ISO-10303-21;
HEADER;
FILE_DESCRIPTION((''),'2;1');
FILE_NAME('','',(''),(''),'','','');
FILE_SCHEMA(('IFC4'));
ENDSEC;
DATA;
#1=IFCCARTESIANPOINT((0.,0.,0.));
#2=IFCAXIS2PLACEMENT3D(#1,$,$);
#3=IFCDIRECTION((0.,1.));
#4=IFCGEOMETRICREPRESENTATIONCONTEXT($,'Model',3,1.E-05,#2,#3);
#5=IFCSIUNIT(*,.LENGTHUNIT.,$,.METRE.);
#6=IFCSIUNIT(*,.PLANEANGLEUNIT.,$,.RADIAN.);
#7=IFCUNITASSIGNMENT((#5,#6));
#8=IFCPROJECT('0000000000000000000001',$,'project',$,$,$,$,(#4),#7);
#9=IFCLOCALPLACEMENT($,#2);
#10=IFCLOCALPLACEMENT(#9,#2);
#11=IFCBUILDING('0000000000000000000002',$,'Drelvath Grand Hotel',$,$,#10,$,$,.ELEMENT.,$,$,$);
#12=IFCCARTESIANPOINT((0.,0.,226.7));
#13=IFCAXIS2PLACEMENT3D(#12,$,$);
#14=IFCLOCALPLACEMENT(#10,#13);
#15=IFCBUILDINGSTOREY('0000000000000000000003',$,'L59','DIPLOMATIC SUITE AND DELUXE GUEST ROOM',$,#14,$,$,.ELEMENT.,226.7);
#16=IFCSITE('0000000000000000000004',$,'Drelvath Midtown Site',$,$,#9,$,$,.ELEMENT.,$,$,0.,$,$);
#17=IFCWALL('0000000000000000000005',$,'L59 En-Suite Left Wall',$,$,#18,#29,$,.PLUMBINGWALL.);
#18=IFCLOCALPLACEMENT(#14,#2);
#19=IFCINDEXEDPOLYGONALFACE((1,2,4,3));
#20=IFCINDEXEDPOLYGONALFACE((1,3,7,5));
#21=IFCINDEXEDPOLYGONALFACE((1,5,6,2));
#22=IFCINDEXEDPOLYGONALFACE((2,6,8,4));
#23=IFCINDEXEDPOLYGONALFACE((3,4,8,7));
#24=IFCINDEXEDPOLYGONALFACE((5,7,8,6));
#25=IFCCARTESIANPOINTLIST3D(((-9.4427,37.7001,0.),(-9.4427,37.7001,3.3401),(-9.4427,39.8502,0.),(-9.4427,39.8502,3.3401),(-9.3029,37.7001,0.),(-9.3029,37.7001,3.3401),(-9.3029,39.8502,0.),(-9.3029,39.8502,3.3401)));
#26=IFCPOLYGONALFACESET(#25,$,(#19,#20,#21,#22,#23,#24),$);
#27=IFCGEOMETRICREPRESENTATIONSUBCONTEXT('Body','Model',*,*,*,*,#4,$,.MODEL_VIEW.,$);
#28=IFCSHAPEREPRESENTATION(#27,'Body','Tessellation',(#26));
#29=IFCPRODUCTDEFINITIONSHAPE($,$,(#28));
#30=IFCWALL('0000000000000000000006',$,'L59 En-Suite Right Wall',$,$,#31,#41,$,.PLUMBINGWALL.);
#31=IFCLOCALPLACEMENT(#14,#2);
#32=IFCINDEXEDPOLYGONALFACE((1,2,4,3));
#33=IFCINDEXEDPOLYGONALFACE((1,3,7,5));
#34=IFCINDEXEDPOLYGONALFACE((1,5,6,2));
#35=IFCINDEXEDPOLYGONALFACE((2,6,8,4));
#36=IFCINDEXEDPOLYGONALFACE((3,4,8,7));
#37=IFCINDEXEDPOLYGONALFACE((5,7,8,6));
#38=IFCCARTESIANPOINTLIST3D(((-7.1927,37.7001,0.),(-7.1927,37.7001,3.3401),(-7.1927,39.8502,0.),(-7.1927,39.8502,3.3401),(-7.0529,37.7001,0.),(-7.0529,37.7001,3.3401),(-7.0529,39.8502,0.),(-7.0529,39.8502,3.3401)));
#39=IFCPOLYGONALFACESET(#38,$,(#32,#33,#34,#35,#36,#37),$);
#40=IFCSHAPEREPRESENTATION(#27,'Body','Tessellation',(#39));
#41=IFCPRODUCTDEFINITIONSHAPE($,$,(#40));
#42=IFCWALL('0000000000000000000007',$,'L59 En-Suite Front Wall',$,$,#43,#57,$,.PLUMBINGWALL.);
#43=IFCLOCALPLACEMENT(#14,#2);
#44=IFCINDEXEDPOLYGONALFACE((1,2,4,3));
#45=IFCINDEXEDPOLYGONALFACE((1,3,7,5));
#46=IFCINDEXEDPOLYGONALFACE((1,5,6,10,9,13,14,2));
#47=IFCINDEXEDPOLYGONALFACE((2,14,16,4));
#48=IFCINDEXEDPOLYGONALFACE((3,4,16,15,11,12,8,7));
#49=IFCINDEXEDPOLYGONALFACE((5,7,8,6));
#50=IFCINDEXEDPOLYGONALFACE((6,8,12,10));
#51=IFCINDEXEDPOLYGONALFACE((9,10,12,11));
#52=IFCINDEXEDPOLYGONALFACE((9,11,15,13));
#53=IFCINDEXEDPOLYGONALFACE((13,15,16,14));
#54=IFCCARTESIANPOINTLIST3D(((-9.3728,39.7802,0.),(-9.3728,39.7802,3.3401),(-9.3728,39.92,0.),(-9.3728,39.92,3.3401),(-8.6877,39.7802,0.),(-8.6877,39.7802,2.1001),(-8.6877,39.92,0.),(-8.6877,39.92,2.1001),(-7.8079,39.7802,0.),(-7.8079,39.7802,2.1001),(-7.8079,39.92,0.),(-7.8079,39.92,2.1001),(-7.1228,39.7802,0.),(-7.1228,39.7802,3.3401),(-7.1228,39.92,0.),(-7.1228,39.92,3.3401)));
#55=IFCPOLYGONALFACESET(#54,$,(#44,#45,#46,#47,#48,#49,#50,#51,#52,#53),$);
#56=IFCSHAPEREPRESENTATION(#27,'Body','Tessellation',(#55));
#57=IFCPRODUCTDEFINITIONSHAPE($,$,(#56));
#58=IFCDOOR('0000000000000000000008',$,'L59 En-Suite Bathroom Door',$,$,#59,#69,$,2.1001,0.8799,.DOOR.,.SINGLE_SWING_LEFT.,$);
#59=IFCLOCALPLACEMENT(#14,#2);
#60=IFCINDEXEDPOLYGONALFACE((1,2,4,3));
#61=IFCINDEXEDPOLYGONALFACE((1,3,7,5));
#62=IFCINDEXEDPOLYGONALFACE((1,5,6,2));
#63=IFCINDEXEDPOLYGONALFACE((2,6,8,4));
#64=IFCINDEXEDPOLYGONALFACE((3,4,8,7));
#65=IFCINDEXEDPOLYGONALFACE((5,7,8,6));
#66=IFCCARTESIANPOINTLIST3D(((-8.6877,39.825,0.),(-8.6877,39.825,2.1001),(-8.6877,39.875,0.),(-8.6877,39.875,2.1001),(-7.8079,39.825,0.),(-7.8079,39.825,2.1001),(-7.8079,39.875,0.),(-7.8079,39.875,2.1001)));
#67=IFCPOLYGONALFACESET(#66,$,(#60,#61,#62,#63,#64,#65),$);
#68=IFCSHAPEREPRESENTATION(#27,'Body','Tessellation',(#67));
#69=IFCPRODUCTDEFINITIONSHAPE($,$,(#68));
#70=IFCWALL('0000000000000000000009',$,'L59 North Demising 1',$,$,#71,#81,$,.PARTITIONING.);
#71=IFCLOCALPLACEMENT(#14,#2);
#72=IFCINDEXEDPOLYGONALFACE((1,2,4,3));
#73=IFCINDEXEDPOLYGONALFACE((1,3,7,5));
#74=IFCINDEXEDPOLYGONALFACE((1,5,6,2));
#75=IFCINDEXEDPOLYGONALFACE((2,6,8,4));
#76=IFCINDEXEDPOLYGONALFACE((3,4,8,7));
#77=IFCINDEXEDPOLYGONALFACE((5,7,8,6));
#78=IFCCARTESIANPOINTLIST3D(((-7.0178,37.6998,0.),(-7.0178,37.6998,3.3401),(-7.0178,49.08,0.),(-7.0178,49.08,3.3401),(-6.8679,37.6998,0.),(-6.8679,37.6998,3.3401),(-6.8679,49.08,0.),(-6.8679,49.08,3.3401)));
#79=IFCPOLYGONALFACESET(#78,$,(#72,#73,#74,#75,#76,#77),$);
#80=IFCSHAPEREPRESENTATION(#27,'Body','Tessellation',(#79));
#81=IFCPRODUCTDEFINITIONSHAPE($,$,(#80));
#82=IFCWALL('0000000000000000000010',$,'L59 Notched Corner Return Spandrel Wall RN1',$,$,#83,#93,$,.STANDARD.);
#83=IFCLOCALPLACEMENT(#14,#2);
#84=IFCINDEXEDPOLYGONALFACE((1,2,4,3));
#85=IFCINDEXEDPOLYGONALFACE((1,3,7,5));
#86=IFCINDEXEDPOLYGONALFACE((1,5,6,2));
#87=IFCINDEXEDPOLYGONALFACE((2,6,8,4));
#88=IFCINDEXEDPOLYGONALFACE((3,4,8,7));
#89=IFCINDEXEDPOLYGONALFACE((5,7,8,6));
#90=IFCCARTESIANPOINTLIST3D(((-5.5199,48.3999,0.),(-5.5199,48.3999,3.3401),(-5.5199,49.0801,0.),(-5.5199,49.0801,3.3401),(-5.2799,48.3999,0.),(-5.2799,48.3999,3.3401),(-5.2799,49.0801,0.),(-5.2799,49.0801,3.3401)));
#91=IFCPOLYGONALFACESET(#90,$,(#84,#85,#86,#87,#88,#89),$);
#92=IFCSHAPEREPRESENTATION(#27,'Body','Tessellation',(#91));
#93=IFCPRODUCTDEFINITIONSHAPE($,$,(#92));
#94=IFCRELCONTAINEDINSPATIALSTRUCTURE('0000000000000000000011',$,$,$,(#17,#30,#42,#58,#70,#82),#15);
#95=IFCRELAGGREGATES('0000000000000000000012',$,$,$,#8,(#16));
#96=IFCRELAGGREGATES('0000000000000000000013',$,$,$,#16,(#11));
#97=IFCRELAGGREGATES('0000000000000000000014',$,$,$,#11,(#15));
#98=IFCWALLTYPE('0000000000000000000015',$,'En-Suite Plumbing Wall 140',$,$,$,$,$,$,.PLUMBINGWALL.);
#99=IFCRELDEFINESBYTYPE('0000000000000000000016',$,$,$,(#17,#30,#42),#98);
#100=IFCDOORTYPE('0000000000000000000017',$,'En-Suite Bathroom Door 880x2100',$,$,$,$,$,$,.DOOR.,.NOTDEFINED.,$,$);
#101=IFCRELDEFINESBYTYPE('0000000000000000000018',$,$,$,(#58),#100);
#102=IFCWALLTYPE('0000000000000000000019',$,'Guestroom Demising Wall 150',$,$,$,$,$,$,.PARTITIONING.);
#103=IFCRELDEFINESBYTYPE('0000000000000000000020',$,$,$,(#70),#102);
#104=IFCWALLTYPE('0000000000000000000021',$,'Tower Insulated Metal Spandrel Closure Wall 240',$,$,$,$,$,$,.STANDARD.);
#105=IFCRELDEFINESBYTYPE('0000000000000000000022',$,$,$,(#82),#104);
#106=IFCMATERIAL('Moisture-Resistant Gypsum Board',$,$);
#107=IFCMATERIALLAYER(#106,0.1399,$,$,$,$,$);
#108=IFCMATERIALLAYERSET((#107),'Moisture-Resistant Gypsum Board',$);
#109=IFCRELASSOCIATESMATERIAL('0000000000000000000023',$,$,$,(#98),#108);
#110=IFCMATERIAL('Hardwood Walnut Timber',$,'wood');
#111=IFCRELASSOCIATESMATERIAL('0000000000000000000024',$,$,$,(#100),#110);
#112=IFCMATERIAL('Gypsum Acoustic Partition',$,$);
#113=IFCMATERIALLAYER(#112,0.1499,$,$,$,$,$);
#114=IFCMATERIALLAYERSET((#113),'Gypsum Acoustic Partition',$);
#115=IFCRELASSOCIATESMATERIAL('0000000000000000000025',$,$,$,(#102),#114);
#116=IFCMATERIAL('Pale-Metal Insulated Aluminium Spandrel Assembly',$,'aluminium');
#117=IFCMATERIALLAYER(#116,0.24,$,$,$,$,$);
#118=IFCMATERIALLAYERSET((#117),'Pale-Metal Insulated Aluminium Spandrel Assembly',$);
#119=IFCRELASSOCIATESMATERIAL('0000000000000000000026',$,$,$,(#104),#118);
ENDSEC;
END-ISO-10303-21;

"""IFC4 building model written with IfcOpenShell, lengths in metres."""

from ifc_helpers import new_model, si_unit, direction, frame, frame_2d, origin, place, context, subcontext, project, spatial, rectangle, extrude, material, layer, layer_set, type_object, element, fill, save


model = new_model("IFC4")

# Units and contexts
model_context = context("Model", 3, precision=1e-05, world=origin(), true_north=direction((0.0, 1.0)))
body_context = subcontext(model_context, "Body", "Model", "MODEL_VIEW")
ifc_project = project(units=[si_unit("LENGTHUNIT", "METRE"), si_unit("PLANEANGLEUNIT", "RADIAN")], contexts=[model_context])

# Site, building, storey
site_placement = place(None, origin())
site = spatial("IfcSite", under=ifc_project, at=site_placement, Name="Drelvath Midtown Site", CompositionType="ELEMENT", RefElevation=0.0)
building_placement = place(site_placement, origin())
building = spatial("IfcBuilding", under=site, at=building_placement, Name="Drelvath Grand Hotel", CompositionType="ELEMENT")
storey_placement = place(building_placement, frame((0.0, 0.0, 226.7)))
storey = spatial("IfcBuildingStorey", under=building, at=storey_placement, Name="L59", Description="DIPLOMATIC SUITE AND DELUXE GUEST ROOM", CompositionType="ELEMENT", Elevation=226.7)

# Walls
ifc_material_1 = material(Name="Moisture-Resistant Gypsum Board")
ifc_layer_1 = layer(ifc_material_1, 0.1399)
ifc_layer_set_1 = layer_set([ifc_layer_1], Name="Moisture-Resistant Gypsum Board")
wall_type_1 = type_object("IfcWallType", Name="En-Suite Plumbing Wall 140", PredefinedType="PLUMBINGWALL", material=ifc_layer_set_1)
for number, where, z_axis, x_axis, name in (
    (1, (-9.3728, 37.7, 0.0), (0.0, 0.0, 1.0), (0.0, 1.0, 0.0), "L59 En-Suite Left Wall"),
    (2, (-7.1228, 37.7, 0.0), (0.0, 0.0, 1.0), (0.0, 1.0, 0.0), "L59 En-Suite Right Wall"),
):
    element("IfcWall", number, at=place(storey_placement, frame(where, z_axis=z_axis, x_axis=x_axis)), inside=storey, type_object=wall_type_1, Name=name, PredefinedType="PLUMBINGWALL", context=body_context, shape_type="SweptSolid", body=[
        extrude(rectangle(XDim=2.1501, YDim=0.1399, at=frame_2d((1.0752, 0.0))), origin(), (0.0, 0.0, 1.0), 3.3401),
    ])

# Wall, opening, door
wall_1_placement = place(storey_placement, frame((-9.3728, 39.8501, 0.0), z_axis=(0.0, 0.0, 1.0), x_axis=(1.0, 0.0, 0.0)))
wall_1 = element("IfcWall", 3, at=wall_1_placement, inside=storey, type_object=wall_type_1, Name="L59 En-Suite Front Wall", PredefinedType="PLUMBINGWALL", context=body_context, shape_type="SweptSolid", body=[
    extrude(rectangle(XDim=2.25, YDim=0.1399, at=frame_2d((1.125, 0.0))), origin(), (0.0, 0.0, 1.0), 3.3401),
])
opening_placement = place(wall_1_placement, frame((0.6851, 0.0, 0.0)))
opening = element("IfcOpeningElement", 4, at=opening_placement, cuts=wall_1, PredefinedType="OPENING", context=body_context, shape_type="SweptSolid", body=[
    extrude(rectangle(XDim=0.8799, YDim=2.1001, at=frame_2d((0.4399, 1.05))), frame((0.0, 0.0798, 0.0), z_axis=(0.0, -1.0, 0.0), x_axis=(1.0, 0.0, 0.0)), (0.0, 0.0, 1.0), 0.1599),
])
ifc_material_2 = material(Name="Hardwood Walnut Timber", Category="wood")
door_type = type_object("IfcDoorType", Name="En-Suite Bathroom Door 880x2100", OperationType="NOTDEFINED", PredefinedType="DOOR", material=ifc_material_2)
door_placement = place(opening_placement, origin())
door = element("IfcDoor", 5, at=door_placement, inside=storey, type_object=door_type, Name="L59 En-Suite Bathroom Door", OperationType="SINGLE_SWING_LEFT", OverallHeight=2.1001, OverallWidth=0.8799, PredefinedType="DOOR", context=body_context, shape_type="SweptSolid", body=[
    extrude(rectangle(XDim=0.8799, YDim=2.1001, at=frame_2d((0.4399, 1.05))), frame((0.0, 0.0249, 0.0), z_axis=(0.0, -1.0, 0.0), x_axis=(1.0, 0.0, 0.0)), (0.0, 0.0, 1.0), 0.05),
])
fill(opening, door)

# Walls
ifc_material_3 = material(Name="Gypsum Acoustic Partition")
ifc_layer_2 = layer(ifc_material_3, 0.1499)
ifc_layer_set_2 = layer_set([ifc_layer_2], Name="Gypsum Acoustic Partition")
wall_type_2 = type_object("IfcWallType", Name="Guestroom Demising Wall 150", PredefinedType="PARTITIONING", material=ifc_layer_set_2)
wall_2_placement = place(storey_placement, frame((-6.9429, 37.7, 0.0), z_axis=(0.0, 0.0, 1.0), x_axis=(0.0, 1.0, 0.0)))
element("IfcWall", 6, at=wall_2_placement, inside=storey, type_object=wall_type_2, Name="L59 North Demising 1", PredefinedType="PARTITIONING", context=body_context, shape_type="SweptSolid", body=[
    extrude(rectangle(XDim=11.3801, YDim=0.1499, at=frame_2d((5.6899, 0.0))), origin(), (0.0, 0.0, 1.0), 3.3401),
])
ifc_material_4 = material(Name="Pale-Metal Insulated Aluminium Spandrel Assembly", Category="aluminium")
ifc_layer_3 = layer(ifc_material_4, 0.24)
ifc_layer_set_3 = layer_set([ifc_layer_3], Name="Pale-Metal Insulated Aluminium Spandrel Assembly")
wall_type_3 = type_object("IfcWallType", Name="Tower Insulated Metal Spandrel Closure Wall 240", PredefinedType="STANDARD", material=ifc_layer_set_3)
wall_3_placement = place(storey_placement, frame((-5.3999, 49.0801, 0.0), z_axis=(0.0, 0.0, 1.0), x_axis=(0.0, -1.0, 0.0)))
element("IfcWall", 7, at=wall_3_placement, inside=storey, type_object=wall_type_3, Name="L59 Notched Corner Return Spandrel Wall RN1", PredefinedType="STANDARD", context=body_context, shape_type="SweptSolid", body=[
    extrude(rectangle(XDim=0.6802, YDim=0.24, at=frame_2d((0.3401, 0.0))), origin(), (0.0, 0.0, 1.0), 3.3401),
])

save(model, "model.ifc")
